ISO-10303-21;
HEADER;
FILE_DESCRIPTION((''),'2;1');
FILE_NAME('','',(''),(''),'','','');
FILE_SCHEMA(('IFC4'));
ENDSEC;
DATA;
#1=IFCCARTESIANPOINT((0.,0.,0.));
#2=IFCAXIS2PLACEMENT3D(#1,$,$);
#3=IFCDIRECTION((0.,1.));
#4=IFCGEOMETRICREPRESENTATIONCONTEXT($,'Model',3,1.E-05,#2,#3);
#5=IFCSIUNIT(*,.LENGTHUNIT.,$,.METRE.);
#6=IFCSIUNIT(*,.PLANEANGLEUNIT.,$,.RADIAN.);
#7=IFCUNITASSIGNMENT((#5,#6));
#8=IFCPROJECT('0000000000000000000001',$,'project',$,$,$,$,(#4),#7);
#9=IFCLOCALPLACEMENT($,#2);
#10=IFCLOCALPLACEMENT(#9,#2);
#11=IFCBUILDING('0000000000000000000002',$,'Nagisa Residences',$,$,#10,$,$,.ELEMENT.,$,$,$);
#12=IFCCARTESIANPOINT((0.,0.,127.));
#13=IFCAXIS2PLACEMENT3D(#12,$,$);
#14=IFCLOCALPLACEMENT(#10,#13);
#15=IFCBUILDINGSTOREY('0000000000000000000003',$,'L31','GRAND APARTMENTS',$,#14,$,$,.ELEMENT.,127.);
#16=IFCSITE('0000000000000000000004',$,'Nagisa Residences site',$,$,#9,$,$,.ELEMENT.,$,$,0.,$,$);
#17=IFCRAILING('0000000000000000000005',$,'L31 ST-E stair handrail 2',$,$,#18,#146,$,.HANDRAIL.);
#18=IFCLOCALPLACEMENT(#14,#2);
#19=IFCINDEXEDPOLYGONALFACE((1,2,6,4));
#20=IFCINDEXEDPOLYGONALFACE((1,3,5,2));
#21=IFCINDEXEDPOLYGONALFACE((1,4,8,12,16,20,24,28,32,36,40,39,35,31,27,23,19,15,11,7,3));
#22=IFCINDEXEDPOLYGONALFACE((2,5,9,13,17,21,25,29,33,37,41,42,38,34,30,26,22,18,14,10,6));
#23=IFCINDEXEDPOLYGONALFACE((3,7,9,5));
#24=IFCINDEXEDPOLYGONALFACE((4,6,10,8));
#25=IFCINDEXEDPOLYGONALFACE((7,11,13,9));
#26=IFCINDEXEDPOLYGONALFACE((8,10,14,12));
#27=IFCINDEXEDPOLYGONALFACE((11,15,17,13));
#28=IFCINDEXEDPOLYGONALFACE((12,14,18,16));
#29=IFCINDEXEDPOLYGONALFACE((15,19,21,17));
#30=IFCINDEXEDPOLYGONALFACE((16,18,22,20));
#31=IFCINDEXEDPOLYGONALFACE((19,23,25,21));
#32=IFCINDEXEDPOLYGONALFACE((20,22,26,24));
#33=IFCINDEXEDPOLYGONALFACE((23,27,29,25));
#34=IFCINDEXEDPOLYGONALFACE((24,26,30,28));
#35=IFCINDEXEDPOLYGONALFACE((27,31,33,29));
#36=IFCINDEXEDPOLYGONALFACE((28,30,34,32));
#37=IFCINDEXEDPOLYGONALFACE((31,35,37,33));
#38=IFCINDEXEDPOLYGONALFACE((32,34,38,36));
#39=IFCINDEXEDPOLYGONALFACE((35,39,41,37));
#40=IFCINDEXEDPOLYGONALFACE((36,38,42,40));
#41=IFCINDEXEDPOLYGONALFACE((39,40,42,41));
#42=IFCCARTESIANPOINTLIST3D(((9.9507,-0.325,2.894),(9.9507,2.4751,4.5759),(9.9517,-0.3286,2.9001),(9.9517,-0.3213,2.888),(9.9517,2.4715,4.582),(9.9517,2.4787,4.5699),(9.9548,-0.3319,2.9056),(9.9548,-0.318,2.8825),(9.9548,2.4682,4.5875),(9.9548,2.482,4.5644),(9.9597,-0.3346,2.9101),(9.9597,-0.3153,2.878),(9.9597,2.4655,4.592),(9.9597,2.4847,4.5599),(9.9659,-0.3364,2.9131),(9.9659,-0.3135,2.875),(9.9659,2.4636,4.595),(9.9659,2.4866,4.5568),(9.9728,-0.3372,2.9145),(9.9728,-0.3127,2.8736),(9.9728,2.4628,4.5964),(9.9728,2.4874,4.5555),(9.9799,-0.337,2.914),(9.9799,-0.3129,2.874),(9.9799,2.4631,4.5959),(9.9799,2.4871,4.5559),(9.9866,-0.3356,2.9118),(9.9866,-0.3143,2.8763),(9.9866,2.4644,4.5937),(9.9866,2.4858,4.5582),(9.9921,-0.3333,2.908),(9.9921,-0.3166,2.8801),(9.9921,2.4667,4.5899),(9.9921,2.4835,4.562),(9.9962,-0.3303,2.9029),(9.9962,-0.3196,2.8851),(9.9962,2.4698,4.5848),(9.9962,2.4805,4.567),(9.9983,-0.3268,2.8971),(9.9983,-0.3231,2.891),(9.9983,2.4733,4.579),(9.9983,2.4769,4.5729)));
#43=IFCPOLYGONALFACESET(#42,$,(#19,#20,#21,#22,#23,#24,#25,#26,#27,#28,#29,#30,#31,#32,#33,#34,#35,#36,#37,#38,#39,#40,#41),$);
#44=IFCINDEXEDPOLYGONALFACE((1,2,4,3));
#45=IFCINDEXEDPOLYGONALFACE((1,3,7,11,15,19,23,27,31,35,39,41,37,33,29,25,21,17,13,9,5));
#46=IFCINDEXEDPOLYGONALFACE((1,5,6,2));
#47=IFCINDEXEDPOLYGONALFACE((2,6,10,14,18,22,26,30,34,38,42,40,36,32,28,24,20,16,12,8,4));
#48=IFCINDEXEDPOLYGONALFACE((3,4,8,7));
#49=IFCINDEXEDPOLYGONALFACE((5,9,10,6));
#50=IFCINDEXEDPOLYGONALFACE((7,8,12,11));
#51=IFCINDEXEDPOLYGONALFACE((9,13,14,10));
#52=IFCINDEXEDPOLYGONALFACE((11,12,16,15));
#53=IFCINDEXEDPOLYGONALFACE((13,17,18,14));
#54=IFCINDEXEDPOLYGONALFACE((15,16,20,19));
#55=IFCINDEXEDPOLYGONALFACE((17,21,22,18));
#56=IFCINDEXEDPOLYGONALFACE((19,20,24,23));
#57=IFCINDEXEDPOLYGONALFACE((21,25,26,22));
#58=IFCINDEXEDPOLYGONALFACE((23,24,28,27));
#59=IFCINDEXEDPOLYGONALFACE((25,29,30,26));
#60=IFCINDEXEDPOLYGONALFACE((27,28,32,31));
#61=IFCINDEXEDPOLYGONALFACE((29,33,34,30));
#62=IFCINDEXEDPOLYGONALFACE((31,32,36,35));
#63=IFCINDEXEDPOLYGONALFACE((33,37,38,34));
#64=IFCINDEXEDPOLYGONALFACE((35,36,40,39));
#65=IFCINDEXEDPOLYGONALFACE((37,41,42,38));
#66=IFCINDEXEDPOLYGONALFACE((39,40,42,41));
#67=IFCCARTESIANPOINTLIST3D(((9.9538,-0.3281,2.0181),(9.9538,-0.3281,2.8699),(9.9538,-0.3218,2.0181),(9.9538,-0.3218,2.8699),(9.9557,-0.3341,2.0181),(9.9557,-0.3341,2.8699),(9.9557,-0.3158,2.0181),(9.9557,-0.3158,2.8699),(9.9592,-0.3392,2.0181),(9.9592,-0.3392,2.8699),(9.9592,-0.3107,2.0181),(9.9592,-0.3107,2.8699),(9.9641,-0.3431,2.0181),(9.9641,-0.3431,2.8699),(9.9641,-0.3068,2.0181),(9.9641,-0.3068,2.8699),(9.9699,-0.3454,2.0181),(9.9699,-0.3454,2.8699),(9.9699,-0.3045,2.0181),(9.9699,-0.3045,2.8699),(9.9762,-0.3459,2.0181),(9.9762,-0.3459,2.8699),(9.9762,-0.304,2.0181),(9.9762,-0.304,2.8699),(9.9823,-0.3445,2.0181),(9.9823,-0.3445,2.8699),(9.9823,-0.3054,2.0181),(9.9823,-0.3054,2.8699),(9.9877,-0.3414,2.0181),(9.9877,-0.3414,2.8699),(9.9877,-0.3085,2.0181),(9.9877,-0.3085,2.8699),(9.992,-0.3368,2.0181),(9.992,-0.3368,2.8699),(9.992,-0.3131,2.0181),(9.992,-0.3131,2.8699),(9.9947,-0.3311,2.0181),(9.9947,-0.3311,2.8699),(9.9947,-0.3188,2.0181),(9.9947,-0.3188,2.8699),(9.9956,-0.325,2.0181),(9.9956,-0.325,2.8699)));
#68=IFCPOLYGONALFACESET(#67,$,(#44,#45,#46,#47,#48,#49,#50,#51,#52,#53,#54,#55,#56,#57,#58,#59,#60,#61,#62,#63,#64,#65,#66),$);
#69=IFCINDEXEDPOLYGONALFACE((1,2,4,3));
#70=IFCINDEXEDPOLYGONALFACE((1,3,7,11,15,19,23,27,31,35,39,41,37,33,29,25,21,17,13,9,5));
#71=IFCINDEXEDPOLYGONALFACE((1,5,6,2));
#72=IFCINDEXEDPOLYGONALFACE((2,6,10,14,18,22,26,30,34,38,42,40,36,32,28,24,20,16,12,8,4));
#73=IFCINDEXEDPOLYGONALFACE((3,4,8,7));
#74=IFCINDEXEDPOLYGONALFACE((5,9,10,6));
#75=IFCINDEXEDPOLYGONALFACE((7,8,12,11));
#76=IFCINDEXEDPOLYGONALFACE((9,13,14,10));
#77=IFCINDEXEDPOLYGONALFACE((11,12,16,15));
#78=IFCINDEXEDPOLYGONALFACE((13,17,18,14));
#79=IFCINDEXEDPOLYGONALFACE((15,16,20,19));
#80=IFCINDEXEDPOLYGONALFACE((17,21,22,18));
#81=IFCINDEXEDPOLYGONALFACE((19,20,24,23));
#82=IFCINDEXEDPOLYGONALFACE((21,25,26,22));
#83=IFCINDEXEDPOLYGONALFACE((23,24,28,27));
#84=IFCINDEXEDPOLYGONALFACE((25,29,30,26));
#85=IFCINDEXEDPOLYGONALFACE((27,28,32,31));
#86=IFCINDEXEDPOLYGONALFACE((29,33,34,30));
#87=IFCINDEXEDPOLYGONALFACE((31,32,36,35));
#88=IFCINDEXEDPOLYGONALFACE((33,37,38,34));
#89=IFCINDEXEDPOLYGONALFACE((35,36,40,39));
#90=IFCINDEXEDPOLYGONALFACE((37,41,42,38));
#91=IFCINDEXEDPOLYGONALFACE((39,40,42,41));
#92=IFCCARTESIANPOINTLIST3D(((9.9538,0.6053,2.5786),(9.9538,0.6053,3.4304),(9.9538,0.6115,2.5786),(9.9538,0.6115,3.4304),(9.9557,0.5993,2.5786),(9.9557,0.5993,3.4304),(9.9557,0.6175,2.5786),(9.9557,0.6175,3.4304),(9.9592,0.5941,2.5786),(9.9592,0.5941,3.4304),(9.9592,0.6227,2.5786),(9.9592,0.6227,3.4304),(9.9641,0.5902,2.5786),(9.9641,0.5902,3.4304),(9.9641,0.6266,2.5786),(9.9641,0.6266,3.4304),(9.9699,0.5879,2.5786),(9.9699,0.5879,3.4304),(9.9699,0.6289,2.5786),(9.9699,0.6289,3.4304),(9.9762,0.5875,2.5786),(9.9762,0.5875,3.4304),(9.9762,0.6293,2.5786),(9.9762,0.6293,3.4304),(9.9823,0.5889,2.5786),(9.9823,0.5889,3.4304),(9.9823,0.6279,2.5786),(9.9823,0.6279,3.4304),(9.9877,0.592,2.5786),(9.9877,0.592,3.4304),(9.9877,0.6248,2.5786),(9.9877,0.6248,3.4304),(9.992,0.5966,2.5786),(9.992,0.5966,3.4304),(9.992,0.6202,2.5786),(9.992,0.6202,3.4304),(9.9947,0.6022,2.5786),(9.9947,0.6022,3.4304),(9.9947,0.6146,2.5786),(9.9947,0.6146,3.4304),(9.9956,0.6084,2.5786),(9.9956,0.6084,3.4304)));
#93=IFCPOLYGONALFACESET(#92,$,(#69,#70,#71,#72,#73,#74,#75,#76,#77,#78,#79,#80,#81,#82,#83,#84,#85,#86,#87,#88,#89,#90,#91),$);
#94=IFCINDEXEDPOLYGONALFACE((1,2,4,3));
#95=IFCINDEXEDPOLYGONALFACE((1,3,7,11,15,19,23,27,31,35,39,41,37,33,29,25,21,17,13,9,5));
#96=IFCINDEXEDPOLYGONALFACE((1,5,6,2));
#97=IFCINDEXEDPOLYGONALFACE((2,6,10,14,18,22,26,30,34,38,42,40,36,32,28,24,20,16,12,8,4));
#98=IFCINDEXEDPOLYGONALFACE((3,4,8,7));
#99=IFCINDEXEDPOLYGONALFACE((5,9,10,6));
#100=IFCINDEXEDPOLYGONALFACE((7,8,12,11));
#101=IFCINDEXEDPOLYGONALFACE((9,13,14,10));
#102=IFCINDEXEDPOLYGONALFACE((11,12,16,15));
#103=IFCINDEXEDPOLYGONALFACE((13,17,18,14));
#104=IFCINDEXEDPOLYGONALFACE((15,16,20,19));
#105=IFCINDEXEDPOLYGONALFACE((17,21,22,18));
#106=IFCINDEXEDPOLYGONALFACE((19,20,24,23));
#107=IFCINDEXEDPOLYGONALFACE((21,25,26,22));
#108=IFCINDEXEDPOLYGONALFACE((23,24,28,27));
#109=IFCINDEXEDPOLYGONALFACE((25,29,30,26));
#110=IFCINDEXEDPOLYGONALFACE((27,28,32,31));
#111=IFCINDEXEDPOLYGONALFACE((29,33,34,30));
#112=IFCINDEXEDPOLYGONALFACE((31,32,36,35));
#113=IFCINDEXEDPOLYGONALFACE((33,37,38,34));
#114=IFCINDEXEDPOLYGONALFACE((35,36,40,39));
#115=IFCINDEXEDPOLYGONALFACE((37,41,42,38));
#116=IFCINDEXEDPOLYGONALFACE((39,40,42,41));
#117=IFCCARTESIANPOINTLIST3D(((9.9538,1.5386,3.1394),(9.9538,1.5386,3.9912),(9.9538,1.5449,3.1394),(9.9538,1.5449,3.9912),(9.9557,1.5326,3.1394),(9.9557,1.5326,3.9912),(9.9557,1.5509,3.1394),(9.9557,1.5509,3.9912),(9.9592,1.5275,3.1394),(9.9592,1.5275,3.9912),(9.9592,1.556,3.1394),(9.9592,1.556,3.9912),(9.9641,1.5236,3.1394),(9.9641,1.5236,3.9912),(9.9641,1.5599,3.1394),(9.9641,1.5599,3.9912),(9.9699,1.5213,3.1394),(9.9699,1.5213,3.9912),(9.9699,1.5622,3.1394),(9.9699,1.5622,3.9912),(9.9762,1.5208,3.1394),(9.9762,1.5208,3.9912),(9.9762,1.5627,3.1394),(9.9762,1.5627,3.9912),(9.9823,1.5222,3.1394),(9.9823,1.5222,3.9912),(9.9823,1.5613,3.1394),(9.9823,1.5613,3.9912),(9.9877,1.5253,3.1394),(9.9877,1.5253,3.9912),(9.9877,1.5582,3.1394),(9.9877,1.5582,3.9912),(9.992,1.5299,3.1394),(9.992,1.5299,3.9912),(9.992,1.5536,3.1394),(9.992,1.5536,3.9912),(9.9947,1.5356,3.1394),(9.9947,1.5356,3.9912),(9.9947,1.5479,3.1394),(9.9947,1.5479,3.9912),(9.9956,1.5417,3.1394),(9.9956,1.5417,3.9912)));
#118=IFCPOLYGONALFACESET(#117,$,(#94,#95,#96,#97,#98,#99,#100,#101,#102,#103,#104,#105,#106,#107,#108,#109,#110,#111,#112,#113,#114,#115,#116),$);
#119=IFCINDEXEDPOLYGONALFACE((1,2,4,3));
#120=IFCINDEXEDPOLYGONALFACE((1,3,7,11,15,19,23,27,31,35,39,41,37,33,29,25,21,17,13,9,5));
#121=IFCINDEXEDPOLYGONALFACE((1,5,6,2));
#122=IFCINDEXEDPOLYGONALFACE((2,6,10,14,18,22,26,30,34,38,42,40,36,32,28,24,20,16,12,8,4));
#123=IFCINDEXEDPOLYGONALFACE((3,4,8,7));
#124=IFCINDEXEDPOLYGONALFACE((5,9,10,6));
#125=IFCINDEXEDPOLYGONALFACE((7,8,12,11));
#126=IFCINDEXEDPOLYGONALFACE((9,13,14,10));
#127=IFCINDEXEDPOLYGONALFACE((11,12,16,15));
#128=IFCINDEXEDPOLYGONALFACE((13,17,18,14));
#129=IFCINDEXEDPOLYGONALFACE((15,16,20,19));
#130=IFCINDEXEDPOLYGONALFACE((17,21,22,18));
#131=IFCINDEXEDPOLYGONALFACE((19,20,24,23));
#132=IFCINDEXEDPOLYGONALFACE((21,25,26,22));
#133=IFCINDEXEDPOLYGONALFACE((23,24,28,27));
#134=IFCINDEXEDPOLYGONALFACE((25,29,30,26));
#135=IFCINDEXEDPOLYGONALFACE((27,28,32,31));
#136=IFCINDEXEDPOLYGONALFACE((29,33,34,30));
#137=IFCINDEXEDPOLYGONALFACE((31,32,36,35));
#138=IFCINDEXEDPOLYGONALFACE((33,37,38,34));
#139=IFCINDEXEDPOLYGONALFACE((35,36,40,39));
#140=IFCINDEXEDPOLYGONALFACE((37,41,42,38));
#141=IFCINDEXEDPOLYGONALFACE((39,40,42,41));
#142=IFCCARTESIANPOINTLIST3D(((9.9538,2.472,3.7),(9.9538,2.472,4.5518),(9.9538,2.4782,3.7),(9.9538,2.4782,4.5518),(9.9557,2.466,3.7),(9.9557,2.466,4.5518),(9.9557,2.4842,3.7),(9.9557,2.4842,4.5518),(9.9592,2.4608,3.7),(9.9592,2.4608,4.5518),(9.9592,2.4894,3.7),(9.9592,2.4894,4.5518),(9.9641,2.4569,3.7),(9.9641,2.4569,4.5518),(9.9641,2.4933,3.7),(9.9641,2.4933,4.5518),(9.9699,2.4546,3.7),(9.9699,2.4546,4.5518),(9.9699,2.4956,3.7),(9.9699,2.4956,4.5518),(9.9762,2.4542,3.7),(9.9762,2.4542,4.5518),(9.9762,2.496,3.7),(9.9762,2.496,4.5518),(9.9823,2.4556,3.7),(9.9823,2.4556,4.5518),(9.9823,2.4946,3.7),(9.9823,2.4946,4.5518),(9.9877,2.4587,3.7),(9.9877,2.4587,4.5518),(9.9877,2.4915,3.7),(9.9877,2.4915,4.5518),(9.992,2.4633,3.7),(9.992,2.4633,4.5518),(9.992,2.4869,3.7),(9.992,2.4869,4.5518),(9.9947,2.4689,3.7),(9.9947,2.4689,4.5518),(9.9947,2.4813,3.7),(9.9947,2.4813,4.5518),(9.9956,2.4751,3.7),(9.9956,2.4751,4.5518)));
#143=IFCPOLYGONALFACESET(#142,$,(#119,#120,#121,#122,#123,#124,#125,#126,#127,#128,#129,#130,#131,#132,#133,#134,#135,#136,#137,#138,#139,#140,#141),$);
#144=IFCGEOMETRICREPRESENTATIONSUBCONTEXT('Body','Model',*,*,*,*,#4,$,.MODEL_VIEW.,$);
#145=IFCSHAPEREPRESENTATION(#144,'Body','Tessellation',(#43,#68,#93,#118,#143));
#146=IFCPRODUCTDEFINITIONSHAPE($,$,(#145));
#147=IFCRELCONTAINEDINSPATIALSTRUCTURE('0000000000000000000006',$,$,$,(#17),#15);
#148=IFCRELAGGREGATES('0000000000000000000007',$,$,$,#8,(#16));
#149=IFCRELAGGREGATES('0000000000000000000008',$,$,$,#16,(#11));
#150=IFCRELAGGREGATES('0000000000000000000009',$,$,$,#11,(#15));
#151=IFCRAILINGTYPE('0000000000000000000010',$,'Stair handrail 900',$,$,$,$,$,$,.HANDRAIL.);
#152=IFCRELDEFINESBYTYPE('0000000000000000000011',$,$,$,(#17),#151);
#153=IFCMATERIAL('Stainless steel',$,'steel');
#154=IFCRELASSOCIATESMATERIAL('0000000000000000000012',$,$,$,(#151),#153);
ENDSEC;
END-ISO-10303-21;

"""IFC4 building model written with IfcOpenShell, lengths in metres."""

from ifc_helpers import new_model, si_unit, direction, frame, origin, origin_2d, place, context, subcontext, project, spatial, circle, extrude, material, type_object, element, save


model = new_model("IFC4")

# Units and contexts
model_context = context("Model", 3, precision=1e-05, world=origin(), true_north=direction((0.0, 1.0)))
body_context = subcontext(model_context, "Body", "Model", "MODEL_VIEW")
ifc_project = project(units=[si_unit("LENGTHUNIT", "METRE"), si_unit("PLANEANGLEUNIT", "RADIAN")], contexts=[model_context])

# Site, building, storey
site_placement = place(None, origin())
site = spatial("IfcSite", under=ifc_project, at=site_placement, Name="Nagisa Residences site", CompositionType="ELEMENT", RefElevation=0.0)
building_placement = place(site_placement, origin())
building = spatial("IfcBuilding", under=site, at=building_placement, Name="Nagisa Residences", CompositionType="ELEMENT")
storey_placement = place(building_placement, frame((0.0, 0.0, 127.0)))
storey = spatial("IfcBuildingStorey", under=building, at=storey_placement, Name="L31", Description="GRAND APARTMENTS", CompositionType="ELEMENT", Elevation=127.0)

# Railing
ifc_material_1 = material(Name="Stainless steel", Category="steel")
railing_type_1 = type_object("IfcRailingType", Name="Stair handrail 900", PredefinedType="HANDRAIL", material=ifc_material_1)
railing_1_placement = place(storey_placement, frame((9.9746, -0.325, 2.0181)))
element("IfcRailing", 1, at=railing_1_placement, inside=storey, type_object=railing_type_1, Name="L31 ST-E stair handrail 2", PredefinedType="HANDRAIL", context=body_context, shape_type="SweptSolid", body=[
    extrude(circle(Radius=0.0239, at=origin_2d()), frame((0.0, 0.0, 0.876), z_axis=(0.0, 0.857242, 0.514913), x_axis=(-1.0, 0.0, 0.0)), (0.0, 0.0, 1.0), 3.2664),
    extrude(circle(Radius=0.021, at=origin_2d()), origin(), (0.0, 0.0, 1.0), 0.8518),
    extrude(circle(Radius=0.021, at=origin_2d()), frame((0.0, 0.9333, 0.5605)), (0.0, 0.0, 1.0), 0.8518),
    extrude(circle(Radius=0.021, at=origin_2d()), frame((0.0, 1.8667, 1.1213)), (0.0, 0.0, 1.0), 0.8518),
    extrude(circle(Radius=0.021, at=origin_2d()), frame((0.0, 2.8, 1.6819)), (0.0, 0.0, 1.0), 0.8518),
])

save(model, "model.ifc")
